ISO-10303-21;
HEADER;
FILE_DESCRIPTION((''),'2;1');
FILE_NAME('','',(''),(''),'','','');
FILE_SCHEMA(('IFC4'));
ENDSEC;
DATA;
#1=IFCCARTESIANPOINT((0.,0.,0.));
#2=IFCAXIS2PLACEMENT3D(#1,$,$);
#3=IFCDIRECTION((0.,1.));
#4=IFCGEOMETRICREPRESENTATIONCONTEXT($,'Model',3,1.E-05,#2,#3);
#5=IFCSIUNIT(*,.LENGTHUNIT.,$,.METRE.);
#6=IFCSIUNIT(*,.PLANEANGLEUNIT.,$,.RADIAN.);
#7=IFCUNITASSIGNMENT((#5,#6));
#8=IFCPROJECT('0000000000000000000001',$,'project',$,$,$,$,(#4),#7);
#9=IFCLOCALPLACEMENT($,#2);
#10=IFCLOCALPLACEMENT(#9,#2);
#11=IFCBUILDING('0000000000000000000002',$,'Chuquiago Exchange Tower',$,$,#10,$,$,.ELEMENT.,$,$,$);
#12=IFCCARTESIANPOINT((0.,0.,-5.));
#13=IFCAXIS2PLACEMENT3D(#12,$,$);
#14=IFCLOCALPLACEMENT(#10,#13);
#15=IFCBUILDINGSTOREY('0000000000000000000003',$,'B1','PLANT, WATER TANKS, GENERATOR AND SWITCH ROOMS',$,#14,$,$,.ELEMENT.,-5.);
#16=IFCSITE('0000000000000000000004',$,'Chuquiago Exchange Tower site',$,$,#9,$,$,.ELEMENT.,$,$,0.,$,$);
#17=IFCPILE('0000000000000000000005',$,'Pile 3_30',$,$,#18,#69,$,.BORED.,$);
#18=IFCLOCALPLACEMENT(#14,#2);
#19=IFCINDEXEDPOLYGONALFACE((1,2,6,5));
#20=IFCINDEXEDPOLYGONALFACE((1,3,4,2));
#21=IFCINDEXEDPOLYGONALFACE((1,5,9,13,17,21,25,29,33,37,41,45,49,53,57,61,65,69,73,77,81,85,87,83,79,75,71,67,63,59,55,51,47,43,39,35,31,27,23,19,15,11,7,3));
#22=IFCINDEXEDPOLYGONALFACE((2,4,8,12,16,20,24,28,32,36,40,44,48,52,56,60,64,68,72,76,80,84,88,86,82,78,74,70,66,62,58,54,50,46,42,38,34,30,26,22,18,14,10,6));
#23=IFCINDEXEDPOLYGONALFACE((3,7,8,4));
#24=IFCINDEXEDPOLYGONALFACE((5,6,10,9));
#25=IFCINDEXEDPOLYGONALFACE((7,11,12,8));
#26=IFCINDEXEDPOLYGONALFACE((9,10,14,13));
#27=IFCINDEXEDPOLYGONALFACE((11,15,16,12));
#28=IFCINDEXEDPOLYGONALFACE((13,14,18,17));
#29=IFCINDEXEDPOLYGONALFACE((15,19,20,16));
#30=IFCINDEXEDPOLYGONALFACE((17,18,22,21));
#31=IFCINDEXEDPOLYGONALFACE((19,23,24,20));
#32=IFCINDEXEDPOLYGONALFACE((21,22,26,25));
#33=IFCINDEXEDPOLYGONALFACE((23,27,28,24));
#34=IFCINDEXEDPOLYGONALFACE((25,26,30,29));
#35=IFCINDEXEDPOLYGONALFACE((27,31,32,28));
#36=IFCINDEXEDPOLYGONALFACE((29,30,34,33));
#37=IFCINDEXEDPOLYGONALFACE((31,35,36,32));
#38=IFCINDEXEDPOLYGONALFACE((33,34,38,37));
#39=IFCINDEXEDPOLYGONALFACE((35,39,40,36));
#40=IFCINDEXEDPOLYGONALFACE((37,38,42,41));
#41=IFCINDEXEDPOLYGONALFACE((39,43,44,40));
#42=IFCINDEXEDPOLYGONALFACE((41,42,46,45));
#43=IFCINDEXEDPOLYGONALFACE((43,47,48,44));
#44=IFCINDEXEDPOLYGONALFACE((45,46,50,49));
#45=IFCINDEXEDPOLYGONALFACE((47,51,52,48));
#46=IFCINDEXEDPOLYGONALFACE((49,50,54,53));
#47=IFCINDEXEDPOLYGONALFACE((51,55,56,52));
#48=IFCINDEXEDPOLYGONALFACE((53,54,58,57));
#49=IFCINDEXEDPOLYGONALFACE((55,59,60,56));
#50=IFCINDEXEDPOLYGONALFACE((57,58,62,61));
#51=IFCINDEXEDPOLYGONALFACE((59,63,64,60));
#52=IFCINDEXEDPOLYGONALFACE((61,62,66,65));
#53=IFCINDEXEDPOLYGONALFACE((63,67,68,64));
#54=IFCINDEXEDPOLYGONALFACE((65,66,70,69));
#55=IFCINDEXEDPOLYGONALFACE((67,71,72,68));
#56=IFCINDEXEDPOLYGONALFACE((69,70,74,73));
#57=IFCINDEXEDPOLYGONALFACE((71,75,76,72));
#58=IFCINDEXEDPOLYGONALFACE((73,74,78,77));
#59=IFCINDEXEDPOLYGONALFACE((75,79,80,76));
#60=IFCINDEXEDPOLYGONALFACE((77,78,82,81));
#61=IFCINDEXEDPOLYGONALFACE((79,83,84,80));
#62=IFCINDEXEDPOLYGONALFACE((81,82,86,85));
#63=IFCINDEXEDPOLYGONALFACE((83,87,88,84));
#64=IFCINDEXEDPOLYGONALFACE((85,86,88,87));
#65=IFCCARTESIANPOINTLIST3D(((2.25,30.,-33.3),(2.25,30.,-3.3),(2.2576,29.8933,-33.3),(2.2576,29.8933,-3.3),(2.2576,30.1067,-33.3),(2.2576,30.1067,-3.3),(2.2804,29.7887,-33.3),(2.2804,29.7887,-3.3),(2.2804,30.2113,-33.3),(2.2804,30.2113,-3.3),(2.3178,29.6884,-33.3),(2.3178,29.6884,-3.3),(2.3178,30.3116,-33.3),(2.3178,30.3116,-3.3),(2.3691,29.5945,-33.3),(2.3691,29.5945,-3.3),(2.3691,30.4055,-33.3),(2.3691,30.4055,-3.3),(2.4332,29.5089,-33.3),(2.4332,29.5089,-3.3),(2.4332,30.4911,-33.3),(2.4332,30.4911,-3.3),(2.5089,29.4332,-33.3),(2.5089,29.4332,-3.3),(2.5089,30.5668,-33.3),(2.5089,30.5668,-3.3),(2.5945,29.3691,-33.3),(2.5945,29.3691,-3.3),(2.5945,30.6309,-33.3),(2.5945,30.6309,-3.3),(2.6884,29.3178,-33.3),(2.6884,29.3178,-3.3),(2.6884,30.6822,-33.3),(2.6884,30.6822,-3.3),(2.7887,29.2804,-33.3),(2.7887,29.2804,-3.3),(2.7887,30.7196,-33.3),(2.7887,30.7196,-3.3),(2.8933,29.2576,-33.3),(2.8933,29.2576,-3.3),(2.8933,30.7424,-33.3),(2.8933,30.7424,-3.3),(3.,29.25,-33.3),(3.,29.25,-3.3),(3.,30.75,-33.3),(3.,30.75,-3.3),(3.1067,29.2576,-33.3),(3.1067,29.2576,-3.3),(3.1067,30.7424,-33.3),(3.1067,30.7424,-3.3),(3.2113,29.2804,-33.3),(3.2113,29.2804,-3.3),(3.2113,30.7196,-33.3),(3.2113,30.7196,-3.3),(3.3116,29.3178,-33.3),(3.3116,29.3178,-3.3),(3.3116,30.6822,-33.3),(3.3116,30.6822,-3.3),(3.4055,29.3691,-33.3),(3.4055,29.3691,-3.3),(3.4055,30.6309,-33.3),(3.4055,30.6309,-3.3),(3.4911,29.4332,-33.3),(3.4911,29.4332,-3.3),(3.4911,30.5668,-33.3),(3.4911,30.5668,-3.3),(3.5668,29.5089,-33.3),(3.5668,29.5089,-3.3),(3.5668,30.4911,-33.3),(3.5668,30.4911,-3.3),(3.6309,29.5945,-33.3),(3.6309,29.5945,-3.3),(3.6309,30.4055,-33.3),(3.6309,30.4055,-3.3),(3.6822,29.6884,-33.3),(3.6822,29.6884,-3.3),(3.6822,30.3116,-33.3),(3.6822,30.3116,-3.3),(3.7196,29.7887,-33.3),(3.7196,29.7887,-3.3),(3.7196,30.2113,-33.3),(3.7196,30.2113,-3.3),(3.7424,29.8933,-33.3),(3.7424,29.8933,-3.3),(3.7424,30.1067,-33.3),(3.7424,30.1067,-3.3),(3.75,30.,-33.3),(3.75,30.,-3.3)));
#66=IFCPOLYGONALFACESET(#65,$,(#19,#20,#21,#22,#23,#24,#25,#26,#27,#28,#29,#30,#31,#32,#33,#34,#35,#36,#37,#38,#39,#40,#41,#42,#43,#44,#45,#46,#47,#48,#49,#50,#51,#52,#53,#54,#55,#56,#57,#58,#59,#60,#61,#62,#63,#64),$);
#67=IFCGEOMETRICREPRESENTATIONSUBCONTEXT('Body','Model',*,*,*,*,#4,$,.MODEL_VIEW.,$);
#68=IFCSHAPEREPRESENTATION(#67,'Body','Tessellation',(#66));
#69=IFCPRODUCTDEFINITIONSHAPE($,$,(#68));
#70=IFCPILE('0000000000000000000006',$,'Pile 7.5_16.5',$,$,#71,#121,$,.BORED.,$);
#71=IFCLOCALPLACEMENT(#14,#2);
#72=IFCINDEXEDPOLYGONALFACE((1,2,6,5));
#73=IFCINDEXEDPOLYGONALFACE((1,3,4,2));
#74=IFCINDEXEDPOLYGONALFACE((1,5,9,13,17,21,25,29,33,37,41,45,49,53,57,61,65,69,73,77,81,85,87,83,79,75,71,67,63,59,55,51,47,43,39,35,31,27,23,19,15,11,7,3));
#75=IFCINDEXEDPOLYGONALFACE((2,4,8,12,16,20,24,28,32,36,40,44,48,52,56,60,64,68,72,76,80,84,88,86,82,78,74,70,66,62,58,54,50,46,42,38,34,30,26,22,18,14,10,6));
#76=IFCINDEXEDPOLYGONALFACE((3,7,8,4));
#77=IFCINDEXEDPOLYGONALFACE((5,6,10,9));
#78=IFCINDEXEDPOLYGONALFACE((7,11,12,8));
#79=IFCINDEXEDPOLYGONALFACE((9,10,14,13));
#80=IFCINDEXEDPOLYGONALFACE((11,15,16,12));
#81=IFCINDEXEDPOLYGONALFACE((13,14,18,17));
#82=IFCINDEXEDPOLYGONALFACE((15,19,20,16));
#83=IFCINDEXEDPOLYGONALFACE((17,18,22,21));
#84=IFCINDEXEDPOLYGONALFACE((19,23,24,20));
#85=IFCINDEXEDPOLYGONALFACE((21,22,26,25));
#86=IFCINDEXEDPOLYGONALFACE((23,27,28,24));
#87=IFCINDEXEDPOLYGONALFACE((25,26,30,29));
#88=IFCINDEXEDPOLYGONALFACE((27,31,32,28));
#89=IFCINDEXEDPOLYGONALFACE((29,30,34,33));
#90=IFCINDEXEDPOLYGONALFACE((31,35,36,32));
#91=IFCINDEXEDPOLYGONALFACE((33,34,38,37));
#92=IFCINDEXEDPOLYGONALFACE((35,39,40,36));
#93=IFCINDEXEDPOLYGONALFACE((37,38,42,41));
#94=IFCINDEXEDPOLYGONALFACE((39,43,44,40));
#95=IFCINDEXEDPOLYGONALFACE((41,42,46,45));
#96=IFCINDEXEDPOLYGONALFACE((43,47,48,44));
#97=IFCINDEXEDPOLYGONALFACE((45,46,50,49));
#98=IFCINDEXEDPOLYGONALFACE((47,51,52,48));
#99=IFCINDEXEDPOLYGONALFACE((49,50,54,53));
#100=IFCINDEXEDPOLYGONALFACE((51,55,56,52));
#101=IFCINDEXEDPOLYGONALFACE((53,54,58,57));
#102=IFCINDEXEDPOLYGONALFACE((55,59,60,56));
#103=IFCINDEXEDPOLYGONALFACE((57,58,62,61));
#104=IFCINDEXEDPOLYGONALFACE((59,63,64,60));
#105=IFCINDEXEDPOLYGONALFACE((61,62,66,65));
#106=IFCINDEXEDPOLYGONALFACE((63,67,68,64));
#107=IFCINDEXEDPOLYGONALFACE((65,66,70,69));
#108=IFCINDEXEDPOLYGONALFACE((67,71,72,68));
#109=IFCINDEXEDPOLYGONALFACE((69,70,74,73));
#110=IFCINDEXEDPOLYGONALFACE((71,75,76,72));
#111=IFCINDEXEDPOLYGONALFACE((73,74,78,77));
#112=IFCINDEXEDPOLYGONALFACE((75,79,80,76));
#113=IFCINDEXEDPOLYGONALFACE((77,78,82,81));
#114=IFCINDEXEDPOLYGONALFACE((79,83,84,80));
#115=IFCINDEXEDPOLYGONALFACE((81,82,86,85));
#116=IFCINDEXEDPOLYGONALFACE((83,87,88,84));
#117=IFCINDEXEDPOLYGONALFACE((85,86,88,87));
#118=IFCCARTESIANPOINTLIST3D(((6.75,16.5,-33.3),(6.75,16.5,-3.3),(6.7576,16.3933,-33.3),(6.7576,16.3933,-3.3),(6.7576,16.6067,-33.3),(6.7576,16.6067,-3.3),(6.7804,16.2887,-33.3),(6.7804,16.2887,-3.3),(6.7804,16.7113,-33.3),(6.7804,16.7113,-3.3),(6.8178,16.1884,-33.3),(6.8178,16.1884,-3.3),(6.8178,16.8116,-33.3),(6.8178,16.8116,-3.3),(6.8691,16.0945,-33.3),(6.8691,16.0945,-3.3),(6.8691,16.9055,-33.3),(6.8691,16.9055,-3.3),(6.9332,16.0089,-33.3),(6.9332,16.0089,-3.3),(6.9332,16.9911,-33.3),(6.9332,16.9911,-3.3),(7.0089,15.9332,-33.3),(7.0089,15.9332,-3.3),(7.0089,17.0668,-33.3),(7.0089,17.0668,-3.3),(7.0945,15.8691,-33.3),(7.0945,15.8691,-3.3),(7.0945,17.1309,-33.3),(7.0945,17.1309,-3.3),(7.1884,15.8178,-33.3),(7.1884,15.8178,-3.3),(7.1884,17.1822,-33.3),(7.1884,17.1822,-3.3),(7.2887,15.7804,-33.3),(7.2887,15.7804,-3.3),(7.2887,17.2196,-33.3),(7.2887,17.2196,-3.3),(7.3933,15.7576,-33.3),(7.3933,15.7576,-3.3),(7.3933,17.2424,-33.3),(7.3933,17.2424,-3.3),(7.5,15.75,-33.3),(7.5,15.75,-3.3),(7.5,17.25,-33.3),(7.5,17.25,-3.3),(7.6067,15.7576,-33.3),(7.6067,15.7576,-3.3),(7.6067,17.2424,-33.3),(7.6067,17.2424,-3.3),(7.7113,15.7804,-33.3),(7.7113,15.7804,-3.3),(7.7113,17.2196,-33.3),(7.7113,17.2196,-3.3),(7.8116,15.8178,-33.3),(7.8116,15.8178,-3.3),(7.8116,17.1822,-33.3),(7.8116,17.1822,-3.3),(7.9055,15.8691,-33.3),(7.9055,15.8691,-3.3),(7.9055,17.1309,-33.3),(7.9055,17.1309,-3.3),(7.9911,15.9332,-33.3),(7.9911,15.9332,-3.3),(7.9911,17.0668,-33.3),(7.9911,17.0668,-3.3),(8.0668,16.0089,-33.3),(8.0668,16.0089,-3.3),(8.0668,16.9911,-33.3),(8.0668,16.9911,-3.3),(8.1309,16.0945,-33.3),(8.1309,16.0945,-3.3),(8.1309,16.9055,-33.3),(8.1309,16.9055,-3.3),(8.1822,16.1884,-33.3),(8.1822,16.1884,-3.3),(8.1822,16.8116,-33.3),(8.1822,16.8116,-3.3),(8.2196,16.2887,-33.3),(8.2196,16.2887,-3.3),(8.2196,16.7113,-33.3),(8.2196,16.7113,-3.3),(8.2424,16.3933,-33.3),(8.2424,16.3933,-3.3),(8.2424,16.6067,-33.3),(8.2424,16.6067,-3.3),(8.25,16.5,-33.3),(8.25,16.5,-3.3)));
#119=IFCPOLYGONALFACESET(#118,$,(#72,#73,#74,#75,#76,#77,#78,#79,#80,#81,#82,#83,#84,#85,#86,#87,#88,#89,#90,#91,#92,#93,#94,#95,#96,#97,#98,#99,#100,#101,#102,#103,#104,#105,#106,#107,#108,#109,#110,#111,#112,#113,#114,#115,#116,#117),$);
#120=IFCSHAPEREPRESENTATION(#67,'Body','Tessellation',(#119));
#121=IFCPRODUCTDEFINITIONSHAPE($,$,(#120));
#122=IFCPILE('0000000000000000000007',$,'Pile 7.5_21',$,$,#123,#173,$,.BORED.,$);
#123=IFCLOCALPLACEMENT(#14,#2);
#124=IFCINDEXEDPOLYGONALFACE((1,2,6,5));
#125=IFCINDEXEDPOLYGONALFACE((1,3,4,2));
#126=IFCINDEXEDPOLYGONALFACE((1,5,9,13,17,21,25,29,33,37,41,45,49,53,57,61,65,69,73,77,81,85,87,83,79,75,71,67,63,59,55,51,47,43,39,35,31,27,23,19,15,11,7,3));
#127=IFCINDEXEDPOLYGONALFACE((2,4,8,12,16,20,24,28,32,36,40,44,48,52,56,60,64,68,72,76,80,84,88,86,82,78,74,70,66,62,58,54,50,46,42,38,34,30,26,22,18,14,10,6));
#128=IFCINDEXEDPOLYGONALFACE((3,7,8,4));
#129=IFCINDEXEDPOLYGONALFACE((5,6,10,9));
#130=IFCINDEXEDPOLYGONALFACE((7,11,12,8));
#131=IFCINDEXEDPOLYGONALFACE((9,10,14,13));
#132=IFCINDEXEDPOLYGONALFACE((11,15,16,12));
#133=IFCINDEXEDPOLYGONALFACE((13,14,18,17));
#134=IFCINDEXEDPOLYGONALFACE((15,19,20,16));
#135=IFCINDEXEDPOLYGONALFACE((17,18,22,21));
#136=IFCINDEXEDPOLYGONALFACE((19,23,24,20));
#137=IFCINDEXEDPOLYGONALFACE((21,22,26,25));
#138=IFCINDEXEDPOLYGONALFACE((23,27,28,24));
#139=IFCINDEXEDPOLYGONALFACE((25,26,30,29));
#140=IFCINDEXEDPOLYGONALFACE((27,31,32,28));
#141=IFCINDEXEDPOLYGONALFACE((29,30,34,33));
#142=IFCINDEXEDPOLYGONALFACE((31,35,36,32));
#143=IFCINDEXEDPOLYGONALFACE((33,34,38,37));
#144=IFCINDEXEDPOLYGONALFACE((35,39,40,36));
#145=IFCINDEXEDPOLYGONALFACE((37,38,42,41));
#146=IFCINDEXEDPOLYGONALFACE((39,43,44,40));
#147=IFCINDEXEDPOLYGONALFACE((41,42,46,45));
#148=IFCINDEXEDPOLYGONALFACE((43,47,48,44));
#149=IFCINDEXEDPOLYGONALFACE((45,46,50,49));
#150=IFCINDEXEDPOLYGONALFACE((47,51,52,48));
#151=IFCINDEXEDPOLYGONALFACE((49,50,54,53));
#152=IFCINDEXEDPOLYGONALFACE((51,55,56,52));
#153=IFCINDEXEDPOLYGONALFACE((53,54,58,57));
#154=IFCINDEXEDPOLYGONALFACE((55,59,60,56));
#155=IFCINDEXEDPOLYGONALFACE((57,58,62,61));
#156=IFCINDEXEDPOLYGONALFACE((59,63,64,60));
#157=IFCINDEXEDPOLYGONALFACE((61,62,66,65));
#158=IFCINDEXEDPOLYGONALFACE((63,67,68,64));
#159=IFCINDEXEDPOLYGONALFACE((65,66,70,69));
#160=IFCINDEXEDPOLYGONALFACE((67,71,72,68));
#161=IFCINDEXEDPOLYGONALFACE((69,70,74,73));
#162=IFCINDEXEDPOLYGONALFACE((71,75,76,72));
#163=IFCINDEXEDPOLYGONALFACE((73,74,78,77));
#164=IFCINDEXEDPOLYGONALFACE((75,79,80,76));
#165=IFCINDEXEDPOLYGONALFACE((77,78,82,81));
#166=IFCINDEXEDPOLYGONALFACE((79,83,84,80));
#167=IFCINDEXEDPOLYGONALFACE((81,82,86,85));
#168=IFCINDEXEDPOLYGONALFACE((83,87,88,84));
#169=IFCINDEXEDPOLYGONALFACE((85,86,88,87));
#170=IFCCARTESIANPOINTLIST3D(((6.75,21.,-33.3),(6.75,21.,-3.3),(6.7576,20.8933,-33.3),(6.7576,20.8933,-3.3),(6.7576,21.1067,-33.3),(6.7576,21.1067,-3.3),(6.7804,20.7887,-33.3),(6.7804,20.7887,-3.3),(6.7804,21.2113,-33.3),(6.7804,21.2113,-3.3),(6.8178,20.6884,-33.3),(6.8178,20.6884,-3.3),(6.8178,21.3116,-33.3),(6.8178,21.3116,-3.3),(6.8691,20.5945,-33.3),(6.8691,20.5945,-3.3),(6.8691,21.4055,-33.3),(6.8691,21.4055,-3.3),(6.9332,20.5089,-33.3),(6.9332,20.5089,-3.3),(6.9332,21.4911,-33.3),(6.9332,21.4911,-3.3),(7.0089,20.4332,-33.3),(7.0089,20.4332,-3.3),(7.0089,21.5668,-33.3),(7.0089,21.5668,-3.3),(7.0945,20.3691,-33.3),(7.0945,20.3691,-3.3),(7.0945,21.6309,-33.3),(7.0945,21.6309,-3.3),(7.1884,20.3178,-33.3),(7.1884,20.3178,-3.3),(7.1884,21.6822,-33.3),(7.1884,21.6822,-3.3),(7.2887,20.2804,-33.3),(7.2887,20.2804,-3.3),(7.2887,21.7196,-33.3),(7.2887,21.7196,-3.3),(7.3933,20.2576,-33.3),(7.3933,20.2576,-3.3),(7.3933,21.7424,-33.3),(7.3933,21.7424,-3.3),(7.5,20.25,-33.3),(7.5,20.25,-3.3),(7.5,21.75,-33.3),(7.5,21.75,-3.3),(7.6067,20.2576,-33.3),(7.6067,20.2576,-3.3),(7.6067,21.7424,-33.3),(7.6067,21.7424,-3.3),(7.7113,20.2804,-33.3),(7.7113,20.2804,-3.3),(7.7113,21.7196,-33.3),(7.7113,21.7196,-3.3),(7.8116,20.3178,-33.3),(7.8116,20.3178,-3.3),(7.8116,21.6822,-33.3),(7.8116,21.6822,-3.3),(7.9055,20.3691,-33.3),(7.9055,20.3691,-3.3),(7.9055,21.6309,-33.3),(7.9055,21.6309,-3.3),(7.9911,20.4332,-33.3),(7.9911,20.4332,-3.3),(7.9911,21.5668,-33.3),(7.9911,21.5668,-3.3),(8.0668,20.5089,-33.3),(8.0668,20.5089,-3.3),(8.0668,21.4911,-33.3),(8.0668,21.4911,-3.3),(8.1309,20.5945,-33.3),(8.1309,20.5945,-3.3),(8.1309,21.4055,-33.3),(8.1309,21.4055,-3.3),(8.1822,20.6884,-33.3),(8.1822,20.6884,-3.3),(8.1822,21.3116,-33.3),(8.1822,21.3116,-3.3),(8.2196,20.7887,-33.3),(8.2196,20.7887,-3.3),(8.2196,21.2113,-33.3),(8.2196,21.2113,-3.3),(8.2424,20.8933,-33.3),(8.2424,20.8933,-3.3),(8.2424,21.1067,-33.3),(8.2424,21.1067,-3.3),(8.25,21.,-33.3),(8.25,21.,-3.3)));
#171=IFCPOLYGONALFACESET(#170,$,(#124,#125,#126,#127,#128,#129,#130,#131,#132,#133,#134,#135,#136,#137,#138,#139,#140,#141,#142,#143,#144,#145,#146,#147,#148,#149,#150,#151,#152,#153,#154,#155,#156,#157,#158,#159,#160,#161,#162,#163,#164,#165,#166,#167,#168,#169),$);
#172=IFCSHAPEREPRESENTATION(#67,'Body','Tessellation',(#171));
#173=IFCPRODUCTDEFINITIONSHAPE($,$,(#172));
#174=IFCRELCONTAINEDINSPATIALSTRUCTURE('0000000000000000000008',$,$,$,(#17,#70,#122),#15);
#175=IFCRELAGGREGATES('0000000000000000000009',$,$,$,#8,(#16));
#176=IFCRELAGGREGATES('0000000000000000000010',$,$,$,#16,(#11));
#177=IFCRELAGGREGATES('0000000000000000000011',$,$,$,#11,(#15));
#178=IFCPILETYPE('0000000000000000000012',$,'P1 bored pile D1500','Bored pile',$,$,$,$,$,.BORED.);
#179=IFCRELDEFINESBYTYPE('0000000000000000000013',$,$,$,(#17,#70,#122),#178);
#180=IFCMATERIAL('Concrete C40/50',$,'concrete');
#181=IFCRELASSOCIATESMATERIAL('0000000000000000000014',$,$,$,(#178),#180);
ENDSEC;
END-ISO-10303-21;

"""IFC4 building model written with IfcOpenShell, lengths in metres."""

from ifc_helpers import new_model, si_unit, direction, frame, origin, origin_2d, place, context, subcontext, project, spatial, circle, extrude, material, material_profile, profile_set, type_object, element, save


model = new_model("IFC4")

# Units and contexts
model_context = context("Model", 3, precision=1e-05, world=origin(), true_north=direction((0.0, 1.0)))
body_context = subcontext(model_context, "Body", "Model", "MODEL_VIEW")
ifc_project = project(units=[si_unit("LENGTHUNIT", "METRE"), si_unit("PLANEANGLEUNIT", "RADIAN")], contexts=[model_context])

# Site, building, storey
site_placement = place(None, origin())
site = spatial("IfcSite", under=ifc_project, at=site_placement, Name="Chuquiago Exchange Tower site", CompositionType="ELEMENT", RefElevation=0.0)
building_placement = place(site_placement, origin())
building = spatial("IfcBuilding", under=site, at=building_placement, Name="Chuquiago Exchange Tower", CompositionType="ELEMENT")
storey_placement = place(building_placement, frame((0.0, 0.0, -5.0)))
storey = spatial("IfcBuildingStorey", under=building, at=storey_placement, Name="B1", Description="PLANT, WATER TANKS, GENERATOR AND SWITCH ROOMS", CompositionType="ELEMENT", Elevation=-5.0)

# Piles
ifc_material_1 = material(Name="Concrete C40/50", Category="concrete")
ifc_material_profile_1 = material_profile(ifc_material_1, circle(Radius=0.75, at=origin_2d()), Name="D1500")
ifc_profile_set_1 = profile_set([ifc_material_profile_1], Name="Concrete C40/50")
pile_type = type_object("IfcPileType", Name="P1 bored pile D1500", Description="Bored pile", PredefinedType="BORED", material=ifc_profile_set_1)
for number, where, z_axis, x_axis, name in (
    (1, (3.0, 30.0, -3.3), (0.0, 0.0, -1.0), (1.0, 0.0, 0.0), "Pile 3_30"),
    (2, (7.5, 16.5, -3.3), (0.0, 0.0, -1.0), (1.0, 0.0, 0.0), "Pile 7.5_16.5"),
    (3, (7.5, 21.0, -3.3), (0.0, 0.0, -1.0), (1.0, 0.0, 0.0), "Pile 7.5_21"),
):
    element("IfcPile", number, at=place(storey_placement, frame(where, z_axis=z_axis, x_axis=x_axis)), inside=storey, type_object=pile_type, Name=name, PredefinedType="BORED", context=body_context, shape_type="SweptSolid", body=[
        extrude(circle(Radius=0.75, at=origin_2d()), origin(), (0.0, 0.0, 1.0), 30.0),
    ])

save(model, "model.ifc")
